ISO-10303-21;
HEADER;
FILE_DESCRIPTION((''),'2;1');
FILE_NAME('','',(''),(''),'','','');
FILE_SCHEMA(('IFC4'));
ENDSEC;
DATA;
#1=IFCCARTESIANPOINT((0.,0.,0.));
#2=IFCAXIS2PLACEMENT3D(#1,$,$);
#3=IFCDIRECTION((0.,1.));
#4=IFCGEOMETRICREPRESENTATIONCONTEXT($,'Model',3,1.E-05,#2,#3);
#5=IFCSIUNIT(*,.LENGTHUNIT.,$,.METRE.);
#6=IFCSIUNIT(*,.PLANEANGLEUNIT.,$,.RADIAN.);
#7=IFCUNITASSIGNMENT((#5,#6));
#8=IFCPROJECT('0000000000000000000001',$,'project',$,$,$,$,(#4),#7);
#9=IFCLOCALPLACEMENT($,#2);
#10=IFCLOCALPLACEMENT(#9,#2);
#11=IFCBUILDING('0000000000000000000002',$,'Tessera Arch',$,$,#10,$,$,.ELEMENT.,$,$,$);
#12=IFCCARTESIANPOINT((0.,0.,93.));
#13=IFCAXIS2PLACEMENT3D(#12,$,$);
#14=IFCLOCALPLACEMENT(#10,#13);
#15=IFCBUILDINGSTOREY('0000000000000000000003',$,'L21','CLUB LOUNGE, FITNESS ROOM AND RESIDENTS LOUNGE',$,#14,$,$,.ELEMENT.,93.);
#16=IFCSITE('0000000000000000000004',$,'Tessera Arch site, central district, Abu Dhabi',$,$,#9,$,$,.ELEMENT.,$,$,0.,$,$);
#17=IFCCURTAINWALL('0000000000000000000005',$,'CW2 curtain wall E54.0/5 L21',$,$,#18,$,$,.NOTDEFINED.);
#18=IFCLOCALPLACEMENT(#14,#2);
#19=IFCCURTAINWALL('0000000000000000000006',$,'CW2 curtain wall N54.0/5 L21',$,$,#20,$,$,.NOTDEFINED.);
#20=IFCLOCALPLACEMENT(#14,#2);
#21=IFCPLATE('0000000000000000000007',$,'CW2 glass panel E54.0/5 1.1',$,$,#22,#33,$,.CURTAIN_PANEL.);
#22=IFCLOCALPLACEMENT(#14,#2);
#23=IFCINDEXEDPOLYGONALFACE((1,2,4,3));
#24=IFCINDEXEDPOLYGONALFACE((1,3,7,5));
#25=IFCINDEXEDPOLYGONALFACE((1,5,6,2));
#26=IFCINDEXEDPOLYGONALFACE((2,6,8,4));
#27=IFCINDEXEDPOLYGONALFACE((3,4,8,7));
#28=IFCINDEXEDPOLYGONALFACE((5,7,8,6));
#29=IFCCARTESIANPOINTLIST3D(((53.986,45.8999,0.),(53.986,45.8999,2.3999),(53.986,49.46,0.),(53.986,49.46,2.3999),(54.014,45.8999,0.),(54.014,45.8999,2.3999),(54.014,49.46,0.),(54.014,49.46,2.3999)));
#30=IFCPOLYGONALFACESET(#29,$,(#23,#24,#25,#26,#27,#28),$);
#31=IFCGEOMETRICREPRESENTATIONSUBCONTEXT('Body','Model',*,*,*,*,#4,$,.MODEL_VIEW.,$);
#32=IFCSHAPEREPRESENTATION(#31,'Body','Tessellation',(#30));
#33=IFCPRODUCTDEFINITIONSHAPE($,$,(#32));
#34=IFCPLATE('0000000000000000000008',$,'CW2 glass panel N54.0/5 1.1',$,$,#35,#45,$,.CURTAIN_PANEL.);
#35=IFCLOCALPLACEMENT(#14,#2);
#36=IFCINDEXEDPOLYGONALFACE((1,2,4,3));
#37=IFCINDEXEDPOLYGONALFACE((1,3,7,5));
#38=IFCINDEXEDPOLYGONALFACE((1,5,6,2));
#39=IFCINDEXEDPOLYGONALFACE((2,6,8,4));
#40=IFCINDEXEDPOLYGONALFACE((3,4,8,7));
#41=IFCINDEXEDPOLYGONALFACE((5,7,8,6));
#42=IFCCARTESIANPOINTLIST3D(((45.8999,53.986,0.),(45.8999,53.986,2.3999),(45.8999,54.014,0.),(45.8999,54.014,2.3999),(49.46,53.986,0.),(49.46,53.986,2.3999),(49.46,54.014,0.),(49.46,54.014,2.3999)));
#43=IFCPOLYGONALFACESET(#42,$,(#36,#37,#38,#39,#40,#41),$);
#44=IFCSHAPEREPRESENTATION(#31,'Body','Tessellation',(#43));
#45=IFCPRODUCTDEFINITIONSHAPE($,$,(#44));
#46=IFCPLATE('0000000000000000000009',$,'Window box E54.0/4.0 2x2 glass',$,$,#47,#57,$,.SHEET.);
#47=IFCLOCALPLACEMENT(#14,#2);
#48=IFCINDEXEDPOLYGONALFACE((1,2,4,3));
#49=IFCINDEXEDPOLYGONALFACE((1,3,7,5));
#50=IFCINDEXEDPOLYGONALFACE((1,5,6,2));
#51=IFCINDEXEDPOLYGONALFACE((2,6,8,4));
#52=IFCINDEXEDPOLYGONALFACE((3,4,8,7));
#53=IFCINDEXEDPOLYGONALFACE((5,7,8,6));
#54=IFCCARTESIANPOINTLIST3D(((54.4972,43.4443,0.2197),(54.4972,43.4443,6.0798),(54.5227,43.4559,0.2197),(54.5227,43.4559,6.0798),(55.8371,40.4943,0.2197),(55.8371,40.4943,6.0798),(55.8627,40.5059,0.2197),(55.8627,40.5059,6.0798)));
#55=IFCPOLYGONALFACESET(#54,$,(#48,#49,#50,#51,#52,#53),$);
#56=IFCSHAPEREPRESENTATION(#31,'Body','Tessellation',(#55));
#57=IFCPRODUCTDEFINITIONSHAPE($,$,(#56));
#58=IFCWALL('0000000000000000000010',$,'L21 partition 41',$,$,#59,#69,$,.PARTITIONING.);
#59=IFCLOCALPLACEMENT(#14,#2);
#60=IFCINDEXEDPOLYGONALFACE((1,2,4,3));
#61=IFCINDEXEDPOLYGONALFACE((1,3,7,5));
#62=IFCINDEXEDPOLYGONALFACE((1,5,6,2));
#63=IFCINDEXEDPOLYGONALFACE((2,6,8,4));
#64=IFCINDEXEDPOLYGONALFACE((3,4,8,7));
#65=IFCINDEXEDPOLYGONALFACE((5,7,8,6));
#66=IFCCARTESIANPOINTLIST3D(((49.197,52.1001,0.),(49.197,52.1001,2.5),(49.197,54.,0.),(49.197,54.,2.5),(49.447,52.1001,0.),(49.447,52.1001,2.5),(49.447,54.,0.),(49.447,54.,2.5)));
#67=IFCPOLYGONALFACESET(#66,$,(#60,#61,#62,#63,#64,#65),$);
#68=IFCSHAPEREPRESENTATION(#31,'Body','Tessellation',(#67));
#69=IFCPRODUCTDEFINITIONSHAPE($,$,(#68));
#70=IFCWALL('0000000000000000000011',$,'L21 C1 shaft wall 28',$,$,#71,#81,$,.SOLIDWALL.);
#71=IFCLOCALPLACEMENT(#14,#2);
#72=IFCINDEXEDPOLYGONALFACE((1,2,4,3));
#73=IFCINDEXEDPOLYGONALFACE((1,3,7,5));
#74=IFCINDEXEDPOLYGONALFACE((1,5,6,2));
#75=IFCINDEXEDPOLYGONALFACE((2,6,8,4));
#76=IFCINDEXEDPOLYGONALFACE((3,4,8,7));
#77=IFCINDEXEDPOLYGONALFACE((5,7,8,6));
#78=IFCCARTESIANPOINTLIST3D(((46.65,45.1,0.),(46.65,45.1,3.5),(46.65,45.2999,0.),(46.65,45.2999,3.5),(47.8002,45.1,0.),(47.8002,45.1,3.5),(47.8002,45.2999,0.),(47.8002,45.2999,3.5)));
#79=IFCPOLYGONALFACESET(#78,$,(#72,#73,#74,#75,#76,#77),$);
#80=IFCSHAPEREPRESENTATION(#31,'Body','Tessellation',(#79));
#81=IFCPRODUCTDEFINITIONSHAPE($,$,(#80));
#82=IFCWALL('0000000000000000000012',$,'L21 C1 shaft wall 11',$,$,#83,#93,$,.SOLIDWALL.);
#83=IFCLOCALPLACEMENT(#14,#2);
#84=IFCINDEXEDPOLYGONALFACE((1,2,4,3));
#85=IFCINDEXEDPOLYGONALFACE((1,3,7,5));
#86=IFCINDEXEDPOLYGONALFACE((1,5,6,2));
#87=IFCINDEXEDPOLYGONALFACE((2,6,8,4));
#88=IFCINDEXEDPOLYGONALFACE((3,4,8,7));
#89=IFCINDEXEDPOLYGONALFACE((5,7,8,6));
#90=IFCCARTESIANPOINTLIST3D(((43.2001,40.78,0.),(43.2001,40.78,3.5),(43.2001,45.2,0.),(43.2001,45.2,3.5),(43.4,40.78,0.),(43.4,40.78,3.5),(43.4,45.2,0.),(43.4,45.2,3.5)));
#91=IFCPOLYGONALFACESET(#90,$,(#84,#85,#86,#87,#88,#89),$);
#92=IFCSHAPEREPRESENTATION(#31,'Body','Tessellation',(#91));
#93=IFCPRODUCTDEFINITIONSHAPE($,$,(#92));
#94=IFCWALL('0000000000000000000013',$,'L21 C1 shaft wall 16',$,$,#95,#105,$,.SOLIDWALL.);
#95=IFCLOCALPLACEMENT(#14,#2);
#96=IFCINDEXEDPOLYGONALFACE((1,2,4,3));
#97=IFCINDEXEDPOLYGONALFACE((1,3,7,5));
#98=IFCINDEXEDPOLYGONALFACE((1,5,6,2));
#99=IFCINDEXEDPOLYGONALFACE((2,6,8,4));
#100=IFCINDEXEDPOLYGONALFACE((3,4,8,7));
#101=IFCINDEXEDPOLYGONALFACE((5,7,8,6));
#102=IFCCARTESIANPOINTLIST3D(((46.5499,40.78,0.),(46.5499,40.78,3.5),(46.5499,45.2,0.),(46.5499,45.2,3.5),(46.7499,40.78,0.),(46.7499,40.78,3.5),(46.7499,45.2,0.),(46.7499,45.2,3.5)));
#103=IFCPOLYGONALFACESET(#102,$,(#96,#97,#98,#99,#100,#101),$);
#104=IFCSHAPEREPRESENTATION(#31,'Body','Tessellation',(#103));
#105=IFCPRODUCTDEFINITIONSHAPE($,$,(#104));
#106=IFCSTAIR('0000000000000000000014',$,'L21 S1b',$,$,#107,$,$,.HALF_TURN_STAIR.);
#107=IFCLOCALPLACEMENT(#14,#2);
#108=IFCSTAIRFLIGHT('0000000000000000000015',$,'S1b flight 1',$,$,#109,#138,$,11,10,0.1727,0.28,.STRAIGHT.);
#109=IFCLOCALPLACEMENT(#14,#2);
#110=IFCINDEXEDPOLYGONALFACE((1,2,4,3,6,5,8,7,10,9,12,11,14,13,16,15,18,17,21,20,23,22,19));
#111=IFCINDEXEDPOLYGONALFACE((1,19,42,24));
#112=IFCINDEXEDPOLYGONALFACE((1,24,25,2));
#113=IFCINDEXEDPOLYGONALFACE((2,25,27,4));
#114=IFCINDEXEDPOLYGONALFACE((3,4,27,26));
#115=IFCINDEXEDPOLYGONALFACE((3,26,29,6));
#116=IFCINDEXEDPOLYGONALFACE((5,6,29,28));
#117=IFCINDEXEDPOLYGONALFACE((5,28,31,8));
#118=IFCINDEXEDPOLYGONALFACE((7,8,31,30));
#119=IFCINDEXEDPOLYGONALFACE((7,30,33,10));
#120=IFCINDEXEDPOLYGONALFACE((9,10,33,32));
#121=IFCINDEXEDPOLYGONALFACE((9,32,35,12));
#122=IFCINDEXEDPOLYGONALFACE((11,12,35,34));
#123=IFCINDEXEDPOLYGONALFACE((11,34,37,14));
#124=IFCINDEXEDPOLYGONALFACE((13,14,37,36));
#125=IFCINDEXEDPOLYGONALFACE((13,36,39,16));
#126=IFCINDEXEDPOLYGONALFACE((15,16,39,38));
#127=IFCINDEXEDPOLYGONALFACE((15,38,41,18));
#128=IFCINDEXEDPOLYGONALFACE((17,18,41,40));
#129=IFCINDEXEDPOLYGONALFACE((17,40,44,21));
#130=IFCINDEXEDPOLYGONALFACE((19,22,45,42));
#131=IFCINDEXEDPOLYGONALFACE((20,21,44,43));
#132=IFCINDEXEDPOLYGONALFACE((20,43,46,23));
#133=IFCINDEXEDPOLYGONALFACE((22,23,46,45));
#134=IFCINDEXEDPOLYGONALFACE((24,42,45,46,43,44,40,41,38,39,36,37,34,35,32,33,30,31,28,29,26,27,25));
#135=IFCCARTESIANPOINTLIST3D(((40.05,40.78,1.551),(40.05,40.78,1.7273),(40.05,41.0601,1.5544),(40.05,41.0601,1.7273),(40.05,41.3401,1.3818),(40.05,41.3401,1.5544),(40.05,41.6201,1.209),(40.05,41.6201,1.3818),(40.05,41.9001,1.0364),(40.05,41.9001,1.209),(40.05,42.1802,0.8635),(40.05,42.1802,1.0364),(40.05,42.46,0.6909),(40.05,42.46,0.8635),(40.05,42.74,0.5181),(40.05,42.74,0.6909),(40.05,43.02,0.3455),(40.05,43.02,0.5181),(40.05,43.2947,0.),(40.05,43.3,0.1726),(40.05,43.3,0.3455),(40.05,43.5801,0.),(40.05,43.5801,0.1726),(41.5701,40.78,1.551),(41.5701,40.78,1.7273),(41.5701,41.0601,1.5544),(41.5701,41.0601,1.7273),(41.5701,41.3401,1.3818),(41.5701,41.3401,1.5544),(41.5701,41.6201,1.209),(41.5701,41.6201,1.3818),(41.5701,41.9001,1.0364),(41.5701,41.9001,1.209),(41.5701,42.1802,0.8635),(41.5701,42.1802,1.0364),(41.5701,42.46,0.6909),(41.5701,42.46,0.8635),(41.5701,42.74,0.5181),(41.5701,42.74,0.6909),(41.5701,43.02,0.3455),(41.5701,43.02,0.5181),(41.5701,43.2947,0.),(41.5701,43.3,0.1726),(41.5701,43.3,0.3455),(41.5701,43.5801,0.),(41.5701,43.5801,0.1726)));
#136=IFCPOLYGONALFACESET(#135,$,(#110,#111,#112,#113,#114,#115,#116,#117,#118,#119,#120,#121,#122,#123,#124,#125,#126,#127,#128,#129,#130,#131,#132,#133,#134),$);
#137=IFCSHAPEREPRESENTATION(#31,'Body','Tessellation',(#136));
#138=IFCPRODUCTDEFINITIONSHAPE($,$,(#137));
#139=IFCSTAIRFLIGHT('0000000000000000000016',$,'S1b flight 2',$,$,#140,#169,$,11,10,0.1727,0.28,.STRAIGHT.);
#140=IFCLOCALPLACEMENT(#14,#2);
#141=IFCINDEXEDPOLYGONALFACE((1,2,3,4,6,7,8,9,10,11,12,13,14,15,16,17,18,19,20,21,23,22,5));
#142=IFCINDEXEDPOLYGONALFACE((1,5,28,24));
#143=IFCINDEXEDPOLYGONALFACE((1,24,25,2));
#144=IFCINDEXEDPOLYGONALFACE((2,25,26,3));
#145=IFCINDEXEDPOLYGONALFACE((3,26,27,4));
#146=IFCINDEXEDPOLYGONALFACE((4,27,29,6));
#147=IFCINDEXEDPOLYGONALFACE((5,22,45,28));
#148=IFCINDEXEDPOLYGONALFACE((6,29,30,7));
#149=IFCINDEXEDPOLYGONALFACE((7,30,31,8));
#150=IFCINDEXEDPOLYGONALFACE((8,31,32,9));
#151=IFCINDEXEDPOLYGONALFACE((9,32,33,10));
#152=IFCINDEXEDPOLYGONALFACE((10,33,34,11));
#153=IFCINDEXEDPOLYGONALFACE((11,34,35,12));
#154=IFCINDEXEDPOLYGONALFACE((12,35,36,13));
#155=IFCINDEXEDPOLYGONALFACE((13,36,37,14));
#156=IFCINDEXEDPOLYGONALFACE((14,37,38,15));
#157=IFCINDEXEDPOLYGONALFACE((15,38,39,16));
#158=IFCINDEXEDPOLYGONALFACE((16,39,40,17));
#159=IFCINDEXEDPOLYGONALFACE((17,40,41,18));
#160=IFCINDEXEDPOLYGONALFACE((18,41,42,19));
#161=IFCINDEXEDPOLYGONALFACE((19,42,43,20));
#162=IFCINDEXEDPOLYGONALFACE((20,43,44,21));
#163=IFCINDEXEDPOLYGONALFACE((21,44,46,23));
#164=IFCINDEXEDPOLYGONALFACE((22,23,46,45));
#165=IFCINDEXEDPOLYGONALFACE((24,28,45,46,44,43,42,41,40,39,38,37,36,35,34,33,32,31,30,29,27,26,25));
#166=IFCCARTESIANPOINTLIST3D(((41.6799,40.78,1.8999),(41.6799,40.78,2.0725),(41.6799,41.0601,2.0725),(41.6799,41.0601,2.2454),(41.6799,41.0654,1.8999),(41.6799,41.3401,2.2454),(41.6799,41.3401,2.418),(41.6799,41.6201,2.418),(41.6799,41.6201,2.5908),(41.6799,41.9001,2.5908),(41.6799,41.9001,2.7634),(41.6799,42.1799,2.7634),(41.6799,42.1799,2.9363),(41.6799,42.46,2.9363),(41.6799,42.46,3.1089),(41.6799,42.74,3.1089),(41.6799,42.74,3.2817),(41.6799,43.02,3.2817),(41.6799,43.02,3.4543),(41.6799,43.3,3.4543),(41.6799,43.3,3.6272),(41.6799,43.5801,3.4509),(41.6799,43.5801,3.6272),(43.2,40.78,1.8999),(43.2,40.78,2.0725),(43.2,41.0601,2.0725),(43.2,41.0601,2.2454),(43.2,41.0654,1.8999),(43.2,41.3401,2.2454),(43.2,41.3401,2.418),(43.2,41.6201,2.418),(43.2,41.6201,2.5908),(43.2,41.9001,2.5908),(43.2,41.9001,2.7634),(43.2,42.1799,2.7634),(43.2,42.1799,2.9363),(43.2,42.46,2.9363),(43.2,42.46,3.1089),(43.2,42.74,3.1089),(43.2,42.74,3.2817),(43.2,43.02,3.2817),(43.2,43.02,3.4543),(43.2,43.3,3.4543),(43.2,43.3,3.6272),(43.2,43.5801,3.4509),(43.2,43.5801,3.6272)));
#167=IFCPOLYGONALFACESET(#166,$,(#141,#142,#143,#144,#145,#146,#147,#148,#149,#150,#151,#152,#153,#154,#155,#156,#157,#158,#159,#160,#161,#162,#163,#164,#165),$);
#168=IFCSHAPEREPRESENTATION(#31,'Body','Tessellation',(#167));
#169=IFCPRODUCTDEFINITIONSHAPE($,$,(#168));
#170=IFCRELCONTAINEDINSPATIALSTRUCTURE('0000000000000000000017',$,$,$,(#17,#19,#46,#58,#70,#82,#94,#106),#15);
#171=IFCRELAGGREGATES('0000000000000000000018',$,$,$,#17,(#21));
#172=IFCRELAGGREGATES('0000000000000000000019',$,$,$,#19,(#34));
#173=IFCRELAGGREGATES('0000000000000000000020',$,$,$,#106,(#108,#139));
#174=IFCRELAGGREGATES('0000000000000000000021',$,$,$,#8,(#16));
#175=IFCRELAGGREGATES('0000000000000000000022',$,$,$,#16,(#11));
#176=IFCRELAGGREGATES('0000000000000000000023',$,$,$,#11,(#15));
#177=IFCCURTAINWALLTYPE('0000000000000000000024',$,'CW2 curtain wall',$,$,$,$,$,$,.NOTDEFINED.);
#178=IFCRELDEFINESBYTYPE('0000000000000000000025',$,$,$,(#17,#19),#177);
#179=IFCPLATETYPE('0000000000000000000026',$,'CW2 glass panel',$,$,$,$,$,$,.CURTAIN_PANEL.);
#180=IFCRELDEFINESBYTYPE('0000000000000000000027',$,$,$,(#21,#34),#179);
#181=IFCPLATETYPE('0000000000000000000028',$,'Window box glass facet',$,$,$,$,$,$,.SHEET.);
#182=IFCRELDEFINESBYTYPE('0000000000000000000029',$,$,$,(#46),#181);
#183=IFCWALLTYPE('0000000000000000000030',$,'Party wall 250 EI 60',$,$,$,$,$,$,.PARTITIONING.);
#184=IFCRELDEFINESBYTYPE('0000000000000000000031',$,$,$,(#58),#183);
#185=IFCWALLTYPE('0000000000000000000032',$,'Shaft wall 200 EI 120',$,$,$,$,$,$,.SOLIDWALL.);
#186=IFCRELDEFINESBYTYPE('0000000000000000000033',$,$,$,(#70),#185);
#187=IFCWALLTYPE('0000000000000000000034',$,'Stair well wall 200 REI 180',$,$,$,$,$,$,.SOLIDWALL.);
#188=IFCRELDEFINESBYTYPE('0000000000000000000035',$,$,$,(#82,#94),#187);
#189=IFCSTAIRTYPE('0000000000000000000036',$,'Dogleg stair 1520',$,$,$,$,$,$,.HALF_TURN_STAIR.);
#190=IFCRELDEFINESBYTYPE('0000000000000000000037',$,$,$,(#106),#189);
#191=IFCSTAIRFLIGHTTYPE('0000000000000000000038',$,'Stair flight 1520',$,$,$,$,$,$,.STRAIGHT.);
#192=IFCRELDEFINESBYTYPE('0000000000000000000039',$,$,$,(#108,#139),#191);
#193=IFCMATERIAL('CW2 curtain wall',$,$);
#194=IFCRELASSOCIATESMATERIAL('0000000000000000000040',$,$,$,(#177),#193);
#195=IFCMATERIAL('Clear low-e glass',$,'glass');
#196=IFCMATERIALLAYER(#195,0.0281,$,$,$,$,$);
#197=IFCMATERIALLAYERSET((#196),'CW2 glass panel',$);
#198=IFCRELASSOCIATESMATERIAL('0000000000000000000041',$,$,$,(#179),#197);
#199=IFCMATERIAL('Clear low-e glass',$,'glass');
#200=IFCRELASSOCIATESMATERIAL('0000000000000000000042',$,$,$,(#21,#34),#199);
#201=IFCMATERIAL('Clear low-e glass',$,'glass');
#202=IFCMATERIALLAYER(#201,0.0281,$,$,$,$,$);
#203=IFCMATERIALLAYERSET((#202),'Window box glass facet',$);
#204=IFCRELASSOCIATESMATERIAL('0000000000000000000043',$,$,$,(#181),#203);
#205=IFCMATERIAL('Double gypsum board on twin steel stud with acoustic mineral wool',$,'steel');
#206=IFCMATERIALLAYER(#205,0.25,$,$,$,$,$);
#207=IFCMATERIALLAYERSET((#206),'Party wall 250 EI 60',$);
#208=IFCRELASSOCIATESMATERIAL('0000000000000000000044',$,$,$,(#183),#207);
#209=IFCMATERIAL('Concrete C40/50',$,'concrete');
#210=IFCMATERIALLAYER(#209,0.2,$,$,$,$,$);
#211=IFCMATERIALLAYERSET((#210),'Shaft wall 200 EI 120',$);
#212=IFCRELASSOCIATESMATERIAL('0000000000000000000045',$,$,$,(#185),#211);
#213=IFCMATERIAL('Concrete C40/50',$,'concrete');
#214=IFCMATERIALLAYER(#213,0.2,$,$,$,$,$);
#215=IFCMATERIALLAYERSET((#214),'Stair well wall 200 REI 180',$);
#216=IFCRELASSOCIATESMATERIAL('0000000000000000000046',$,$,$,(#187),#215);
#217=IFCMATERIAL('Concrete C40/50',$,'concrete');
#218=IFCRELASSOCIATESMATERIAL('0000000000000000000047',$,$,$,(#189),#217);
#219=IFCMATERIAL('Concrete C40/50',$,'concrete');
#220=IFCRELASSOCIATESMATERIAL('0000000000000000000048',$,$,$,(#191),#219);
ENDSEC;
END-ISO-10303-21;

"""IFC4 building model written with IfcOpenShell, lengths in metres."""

from ifc_helpers import new_model, si_unit, direction, frame, frame_2d, origin, origin_2d, place, context, subcontext, project, spatial, polyline, rectangle, outline, extrude, material, layer, layer_set, type_object, element, aggregate, save


model = new_model("IFC4")

# Units and contexts
model_context = context("Model", 3, precision=1e-05, world=origin(), true_north=direction((0.0, 1.0)))
body_context = subcontext(model_context, "Body", "Model", "MODEL_VIEW")
ifc_project = project(units=[si_unit("LENGTHUNIT", "METRE"), si_unit("PLANEANGLEUNIT", "RADIAN")], contexts=[model_context])

# Site, building, storey
site_placement = place(None, origin())
site = spatial("IfcSite", under=ifc_project, at=site_placement, Name="Tessera Arch site, central district, Abu Dhabi", CompositionType="ELEMENT", RefElevation=0.0)
building_placement = place(site_placement, origin())
building = spatial("IfcBuilding", under=site, at=building_placement, Name="Tessera Arch", CompositionType="ELEMENT")
storey_placement = place(building_placement, frame((0.0, 0.0, 93.0)))
storey = spatial("IfcBuildingStorey", under=building, at=storey_placement, Name="L21", Description="CLUB LOUNGE, FITNESS ROOM AND RESIDENTS LOUNGE", CompositionType="ELEMENT", Elevation=93.0)

# Curtain walls
ifc_material_1 = material(Name="CW2 curtain wall")
curtain_wall_type_1 = type_object("IfcCurtainWallType", Name="CW2 curtain wall", PredefinedType="NOTDEFINED", material=ifc_material_1)
curtain_wall_1_placement = place(storey_placement, origin())
curtain_wall_1 = element("IfcCurtainWall", 1, at=curtain_wall_1_placement, inside=storey, type_object=curtain_wall_type_1, Name="CW2 curtain wall E54.0/5 L21", PredefinedType="NOTDEFINED")
curtain_wall_2_placement = place(storey_placement, origin())
curtain_wall_2 = element("IfcCurtainWall", 2, at=curtain_wall_2_placement, inside=storey, type_object=curtain_wall_type_1, Name="CW2 curtain wall N54.0/5 L21", PredefinedType="NOTDEFINED")

# Shared definitions
ifc_material_2 = material(Name="Clear low-e glass", Category="glass")

# Plates
ifc_material_3 = material(Name="Clear low-e glass", Category="glass")
ifc_layer_1 = layer(ifc_material_3, 0.0281)
ifc_layer_set_1 = layer_set([ifc_layer_1], Name="CW2 glass panel")
plate_type_1 = type_object("IfcPlateType", Name="CW2 glass panel", PredefinedType="CURTAIN_PANEL", material=ifc_layer_set_1)
plate_1_placement = place(storey_placement, frame((54.0, 47.6799, 0.0), z_axis=(0.0, 0.0, 1.0), x_axis=(0.0, 1.0, 0.0)))
plate_1 = element("IfcPlate", 3, at=plate_1_placement, type_object=plate_type_1, material=ifc_material_2, Name="CW2 glass panel E54.0/5 1.1", PredefinedType="CURTAIN_PANEL", context=body_context, shape_type="SweptSolid", body=[
    extrude(rectangle(XDim=3.5601, YDim=0.0281, at=origin_2d()), origin(), (0.0, 0.0, 1.0), 2.3999),
])
aggregate(curtain_wall_1, [plate_1])
plate_2_placement = place(storey_placement, frame((47.6799, 54.0, 0.0), z_axis=(0.0, 0.0, 1.0), x_axis=(-1.0, 0.0, 0.0)))
plate_2 = element("IfcPlate", 4, at=plate_2_placement, type_object=plate_type_1, material=ifc_material_2, Name="CW2 glass panel N54.0/5 1.1", PredefinedType="CURTAIN_PANEL", context=body_context, shape_type="SweptSolid", body=[
    extrude(rectangle(XDim=3.5601, YDim=0.0281, at=origin_2d()), origin(), (0.0, 0.0, 1.0), 2.3999),
])
aggregate(curtain_wall_2, [plate_2])
ifc_material_4 = material(Name="Clear low-e glass", Category="glass")
ifc_layer_2 = layer(ifc_material_4, 0.0281)
ifc_layer_set_2 = layer_set([ifc_layer_2], Name="Window box glass facet")
plate_type_2 = type_object("IfcPlateType", Name="Window box glass facet", PredefinedType="SHEET", material=ifc_layer_set_2)
plate_3_placement = place(storey_placement, frame((55.1799, 41.9751, 0.2197), z_axis=(0.0, 0.0, 1.0), x_axis=(0.41357, -0.910472, 0.0)))
element("IfcPlate", 5, at=plate_3_placement, inside=storey, type_object=plate_type_2, Name="Window box E54.0/4.0 2x2 glass", PredefinedType="SHEET", context=body_context, shape_type="SweptSolid", body=[
    extrude(rectangle(XDim=3.24, YDim=0.0281, at=origin_2d()), origin(), (0.0, 0.0, 1.0), 5.8601),
])

# Walls
ifc_material_5 = material(Name="Double gypsum board on twin steel stud with acoustic mineral wool", Category="steel")
ifc_layer_3 = layer(ifc_material_5, 0.25)
ifc_layer_set_3 = layer_set([ifc_layer_3], Name="Party wall 250 EI 60")
wall_type_1 = type_object("IfcWallType", Name="Party wall 250 EI 60", PredefinedType="PARTITIONING", material=ifc_layer_set_3)
wall_1_placement = place(storey_placement, frame((49.322, 52.1001, 0.0), z_axis=(0.0, 0.0, 1.0), x_axis=(0.0, 1.0, 0.0)))
element("IfcWall", 6, at=wall_1_placement, inside=storey, type_object=wall_type_1, Name="L21 partition 41", PredefinedType="PARTITIONING", context=body_context, shape_type="SweptSolid", body=[
    extrude(rectangle(XDim=1.8999, YDim=0.25, at=frame_2d((0.95, 0.0))), origin(), (0.0, 0.0, 1.0), 2.5),
])
ifc_material_6 = material(Name="Concrete C40/50", Category="concrete")
ifc_layer_4 = layer(ifc_material_6, 0.2)
ifc_layer_set_4 = layer_set([ifc_layer_4], Name="Shaft wall 200 EI 120")
wall_type_2 = type_object("IfcWallType", Name="Shaft wall 200 EI 120", PredefinedType="SOLIDWALL", material=ifc_layer_set_4)
wall_2_placement = place(storey_placement, frame((46.6499, 45.2, 0.0), z_axis=(0.0, 0.0, 1.0), x_axis=(1.0, 0.0, 0.0)))
element("IfcWall", 7, at=wall_2_placement, inside=storey, type_object=wall_type_2, Name="L21 C1 shaft wall 28", PredefinedType="SOLIDWALL", context=body_context, shape_type="SweptSolid", body=[
    extrude(rectangle(XDim=1.1501, YDim=0.2, at=frame_2d((0.5752, 0.0))), origin(), (0.0, 0.0, 1.0), 3.5),
])
ifc_material_7 = material(Name="Concrete C40/50", Category="concrete")
ifc_layer_5 = layer(ifc_material_7, 0.2)
ifc_layer_set_5 = layer_set([ifc_layer_5], Name="Stair well wall 200 REI 180")
wall_type_3 = type_object("IfcWallType", Name="Stair well wall 200 REI 180", PredefinedType="SOLIDWALL", material=ifc_layer_set_5)
for number, where, z_axis, x_axis, name in (
    (8, (43.3, 40.78, 0.0), (0.0, 0.0, 1.0), (0.0, 1.0, 0.0), "L21 C1 shaft wall 11"),
    (9, (46.6499, 40.78, 0.0), (0.0, 0.0, 1.0), (0.0, 1.0, 0.0), "L21 C1 shaft wall 16"),
):
    element("IfcWall", number, at=place(storey_placement, frame(where, z_axis=z_axis, x_axis=x_axis)), inside=storey, type_object=wall_type_3, Name=name, PredefinedType="SOLIDWALL", context=body_context, shape_type="SweptSolid", body=[
        extrude(rectangle(XDim=4.4199, YDim=0.2, at=frame_2d((2.21, 0.0))), origin(), (0.0, 0.0, 1.0), 3.5),
    ])

# Stair, stair flights
ifc_material_8 = material(Name="Concrete C40/50", Category="concrete")
stair_type = type_object("IfcStairType", Name="Dogleg stair 1520", PredefinedType="HALF_TURN_STAIR", material=ifc_material_8)
stair_1_placement = place(storey_placement, origin())
stair_1 = element("IfcStair", 10, at=stair_1_placement, inside=storey, type_object=stair_type, Name="L21 S1b", PredefinedType="HALF_TURN_STAIR")
ifc_material_9 = material(Name="Concrete C40/50", Category="concrete")
stair_flight_type = type_object("IfcStairFlightType", Name="Stair flight 1520", PredefinedType="STRAIGHT", material=ifc_material_9)
stair_flight_1_placement = place(storey_placement, frame((40.8101, 43.5801, 0.0), z_axis=(0.0, 0.0, 1.0), x_axis=(0.0, -1.0, 0.0)))
stair_flight_1 = element("IfcStairFlight", 11, at=stair_flight_1_placement, type_object=stair_flight_type, Name="S1b flight 1", NumberOfRisers=11, NumberOfTreads=10, PredefinedType="STRAIGHT", RiserHeight=0.1727, TreadLength=0.28, context=body_context, shape_type="SweptSolid", body=[
    extrude(outline(polyline([(0.0, 0.0), (0.0, 0.1726), (0.28, 0.1726), (0.28, 0.3455), (0.5601, 0.3455), (0.5601, 0.5181), (0.8401, 0.5181), (0.8401, 0.6909), (1.1201, 0.6909), (1.1201, 0.8635), (1.3999, 0.8635), (1.3999, 1.0364), (1.6799, 1.0364), (1.6799, 1.209), (1.96, 1.209), (1.96, 1.3818), (2.24, 1.3818), (2.24, 1.5544), (2.52, 1.5544), (2.52, 1.7273), (2.8, 1.7273), (2.8, 1.8999), (2.8, 1.551), (0.2854, 0.0), (0.0, 0.0)])), frame((0.0, 0.76, 0.0), z_axis=(0.0, -1.0, 0.0), x_axis=(1.0, 0.0, 0.0)), (0.0, 0.0, 1.0), 1.52),
])
stair_flight_2_placement = place(storey_placement, frame((42.4399, 40.78, 1.8999), z_axis=(0.0, 0.0, 1.0), x_axis=(0.0, 1.0, 0.0)))
stair_flight_2 = element("IfcStairFlight", 12, at=stair_flight_2_placement, type_object=stair_flight_type, Name="S1b flight 2", NumberOfRisers=11, NumberOfTreads=10, PredefinedType="STRAIGHT", RiserHeight=0.1727, TreadLength=0.28, context=body_context, shape_type="SweptSolid", body=[
    extrude(outline(polyline([(0.0, 0.0), (0.0, 0.1726), (0.28, 0.1726), (0.28, 0.3455), (0.5601, 0.3455), (0.5601, 0.5181), (0.8401, 0.5181), (0.8401, 0.6909), (1.1201, 0.6909), (1.1201, 0.8635), (1.3999, 0.8635), (1.3999, 1.0364), (1.6799, 1.0364), (1.6799, 1.209), (1.96, 1.209), (1.96, 1.3818), (2.24, 1.3818), (2.24, 1.5544), (2.52, 1.5544), (2.52, 1.7273), (2.8, 1.7273), (2.8, 1.8999), (2.8, 1.551), (0.2854, 0.0), (0.0, 0.0)])), frame((0.0, 0.76, 0.0), z_axis=(0.0, -1.0, 0.0), x_axis=(1.0, 0.0, 0.0)), (0.0, 0.0, 1.0), 1.52),
])
aggregate(stair_1, [stair_flight_1, stair_flight_2])

save(model, "model.ifc")
